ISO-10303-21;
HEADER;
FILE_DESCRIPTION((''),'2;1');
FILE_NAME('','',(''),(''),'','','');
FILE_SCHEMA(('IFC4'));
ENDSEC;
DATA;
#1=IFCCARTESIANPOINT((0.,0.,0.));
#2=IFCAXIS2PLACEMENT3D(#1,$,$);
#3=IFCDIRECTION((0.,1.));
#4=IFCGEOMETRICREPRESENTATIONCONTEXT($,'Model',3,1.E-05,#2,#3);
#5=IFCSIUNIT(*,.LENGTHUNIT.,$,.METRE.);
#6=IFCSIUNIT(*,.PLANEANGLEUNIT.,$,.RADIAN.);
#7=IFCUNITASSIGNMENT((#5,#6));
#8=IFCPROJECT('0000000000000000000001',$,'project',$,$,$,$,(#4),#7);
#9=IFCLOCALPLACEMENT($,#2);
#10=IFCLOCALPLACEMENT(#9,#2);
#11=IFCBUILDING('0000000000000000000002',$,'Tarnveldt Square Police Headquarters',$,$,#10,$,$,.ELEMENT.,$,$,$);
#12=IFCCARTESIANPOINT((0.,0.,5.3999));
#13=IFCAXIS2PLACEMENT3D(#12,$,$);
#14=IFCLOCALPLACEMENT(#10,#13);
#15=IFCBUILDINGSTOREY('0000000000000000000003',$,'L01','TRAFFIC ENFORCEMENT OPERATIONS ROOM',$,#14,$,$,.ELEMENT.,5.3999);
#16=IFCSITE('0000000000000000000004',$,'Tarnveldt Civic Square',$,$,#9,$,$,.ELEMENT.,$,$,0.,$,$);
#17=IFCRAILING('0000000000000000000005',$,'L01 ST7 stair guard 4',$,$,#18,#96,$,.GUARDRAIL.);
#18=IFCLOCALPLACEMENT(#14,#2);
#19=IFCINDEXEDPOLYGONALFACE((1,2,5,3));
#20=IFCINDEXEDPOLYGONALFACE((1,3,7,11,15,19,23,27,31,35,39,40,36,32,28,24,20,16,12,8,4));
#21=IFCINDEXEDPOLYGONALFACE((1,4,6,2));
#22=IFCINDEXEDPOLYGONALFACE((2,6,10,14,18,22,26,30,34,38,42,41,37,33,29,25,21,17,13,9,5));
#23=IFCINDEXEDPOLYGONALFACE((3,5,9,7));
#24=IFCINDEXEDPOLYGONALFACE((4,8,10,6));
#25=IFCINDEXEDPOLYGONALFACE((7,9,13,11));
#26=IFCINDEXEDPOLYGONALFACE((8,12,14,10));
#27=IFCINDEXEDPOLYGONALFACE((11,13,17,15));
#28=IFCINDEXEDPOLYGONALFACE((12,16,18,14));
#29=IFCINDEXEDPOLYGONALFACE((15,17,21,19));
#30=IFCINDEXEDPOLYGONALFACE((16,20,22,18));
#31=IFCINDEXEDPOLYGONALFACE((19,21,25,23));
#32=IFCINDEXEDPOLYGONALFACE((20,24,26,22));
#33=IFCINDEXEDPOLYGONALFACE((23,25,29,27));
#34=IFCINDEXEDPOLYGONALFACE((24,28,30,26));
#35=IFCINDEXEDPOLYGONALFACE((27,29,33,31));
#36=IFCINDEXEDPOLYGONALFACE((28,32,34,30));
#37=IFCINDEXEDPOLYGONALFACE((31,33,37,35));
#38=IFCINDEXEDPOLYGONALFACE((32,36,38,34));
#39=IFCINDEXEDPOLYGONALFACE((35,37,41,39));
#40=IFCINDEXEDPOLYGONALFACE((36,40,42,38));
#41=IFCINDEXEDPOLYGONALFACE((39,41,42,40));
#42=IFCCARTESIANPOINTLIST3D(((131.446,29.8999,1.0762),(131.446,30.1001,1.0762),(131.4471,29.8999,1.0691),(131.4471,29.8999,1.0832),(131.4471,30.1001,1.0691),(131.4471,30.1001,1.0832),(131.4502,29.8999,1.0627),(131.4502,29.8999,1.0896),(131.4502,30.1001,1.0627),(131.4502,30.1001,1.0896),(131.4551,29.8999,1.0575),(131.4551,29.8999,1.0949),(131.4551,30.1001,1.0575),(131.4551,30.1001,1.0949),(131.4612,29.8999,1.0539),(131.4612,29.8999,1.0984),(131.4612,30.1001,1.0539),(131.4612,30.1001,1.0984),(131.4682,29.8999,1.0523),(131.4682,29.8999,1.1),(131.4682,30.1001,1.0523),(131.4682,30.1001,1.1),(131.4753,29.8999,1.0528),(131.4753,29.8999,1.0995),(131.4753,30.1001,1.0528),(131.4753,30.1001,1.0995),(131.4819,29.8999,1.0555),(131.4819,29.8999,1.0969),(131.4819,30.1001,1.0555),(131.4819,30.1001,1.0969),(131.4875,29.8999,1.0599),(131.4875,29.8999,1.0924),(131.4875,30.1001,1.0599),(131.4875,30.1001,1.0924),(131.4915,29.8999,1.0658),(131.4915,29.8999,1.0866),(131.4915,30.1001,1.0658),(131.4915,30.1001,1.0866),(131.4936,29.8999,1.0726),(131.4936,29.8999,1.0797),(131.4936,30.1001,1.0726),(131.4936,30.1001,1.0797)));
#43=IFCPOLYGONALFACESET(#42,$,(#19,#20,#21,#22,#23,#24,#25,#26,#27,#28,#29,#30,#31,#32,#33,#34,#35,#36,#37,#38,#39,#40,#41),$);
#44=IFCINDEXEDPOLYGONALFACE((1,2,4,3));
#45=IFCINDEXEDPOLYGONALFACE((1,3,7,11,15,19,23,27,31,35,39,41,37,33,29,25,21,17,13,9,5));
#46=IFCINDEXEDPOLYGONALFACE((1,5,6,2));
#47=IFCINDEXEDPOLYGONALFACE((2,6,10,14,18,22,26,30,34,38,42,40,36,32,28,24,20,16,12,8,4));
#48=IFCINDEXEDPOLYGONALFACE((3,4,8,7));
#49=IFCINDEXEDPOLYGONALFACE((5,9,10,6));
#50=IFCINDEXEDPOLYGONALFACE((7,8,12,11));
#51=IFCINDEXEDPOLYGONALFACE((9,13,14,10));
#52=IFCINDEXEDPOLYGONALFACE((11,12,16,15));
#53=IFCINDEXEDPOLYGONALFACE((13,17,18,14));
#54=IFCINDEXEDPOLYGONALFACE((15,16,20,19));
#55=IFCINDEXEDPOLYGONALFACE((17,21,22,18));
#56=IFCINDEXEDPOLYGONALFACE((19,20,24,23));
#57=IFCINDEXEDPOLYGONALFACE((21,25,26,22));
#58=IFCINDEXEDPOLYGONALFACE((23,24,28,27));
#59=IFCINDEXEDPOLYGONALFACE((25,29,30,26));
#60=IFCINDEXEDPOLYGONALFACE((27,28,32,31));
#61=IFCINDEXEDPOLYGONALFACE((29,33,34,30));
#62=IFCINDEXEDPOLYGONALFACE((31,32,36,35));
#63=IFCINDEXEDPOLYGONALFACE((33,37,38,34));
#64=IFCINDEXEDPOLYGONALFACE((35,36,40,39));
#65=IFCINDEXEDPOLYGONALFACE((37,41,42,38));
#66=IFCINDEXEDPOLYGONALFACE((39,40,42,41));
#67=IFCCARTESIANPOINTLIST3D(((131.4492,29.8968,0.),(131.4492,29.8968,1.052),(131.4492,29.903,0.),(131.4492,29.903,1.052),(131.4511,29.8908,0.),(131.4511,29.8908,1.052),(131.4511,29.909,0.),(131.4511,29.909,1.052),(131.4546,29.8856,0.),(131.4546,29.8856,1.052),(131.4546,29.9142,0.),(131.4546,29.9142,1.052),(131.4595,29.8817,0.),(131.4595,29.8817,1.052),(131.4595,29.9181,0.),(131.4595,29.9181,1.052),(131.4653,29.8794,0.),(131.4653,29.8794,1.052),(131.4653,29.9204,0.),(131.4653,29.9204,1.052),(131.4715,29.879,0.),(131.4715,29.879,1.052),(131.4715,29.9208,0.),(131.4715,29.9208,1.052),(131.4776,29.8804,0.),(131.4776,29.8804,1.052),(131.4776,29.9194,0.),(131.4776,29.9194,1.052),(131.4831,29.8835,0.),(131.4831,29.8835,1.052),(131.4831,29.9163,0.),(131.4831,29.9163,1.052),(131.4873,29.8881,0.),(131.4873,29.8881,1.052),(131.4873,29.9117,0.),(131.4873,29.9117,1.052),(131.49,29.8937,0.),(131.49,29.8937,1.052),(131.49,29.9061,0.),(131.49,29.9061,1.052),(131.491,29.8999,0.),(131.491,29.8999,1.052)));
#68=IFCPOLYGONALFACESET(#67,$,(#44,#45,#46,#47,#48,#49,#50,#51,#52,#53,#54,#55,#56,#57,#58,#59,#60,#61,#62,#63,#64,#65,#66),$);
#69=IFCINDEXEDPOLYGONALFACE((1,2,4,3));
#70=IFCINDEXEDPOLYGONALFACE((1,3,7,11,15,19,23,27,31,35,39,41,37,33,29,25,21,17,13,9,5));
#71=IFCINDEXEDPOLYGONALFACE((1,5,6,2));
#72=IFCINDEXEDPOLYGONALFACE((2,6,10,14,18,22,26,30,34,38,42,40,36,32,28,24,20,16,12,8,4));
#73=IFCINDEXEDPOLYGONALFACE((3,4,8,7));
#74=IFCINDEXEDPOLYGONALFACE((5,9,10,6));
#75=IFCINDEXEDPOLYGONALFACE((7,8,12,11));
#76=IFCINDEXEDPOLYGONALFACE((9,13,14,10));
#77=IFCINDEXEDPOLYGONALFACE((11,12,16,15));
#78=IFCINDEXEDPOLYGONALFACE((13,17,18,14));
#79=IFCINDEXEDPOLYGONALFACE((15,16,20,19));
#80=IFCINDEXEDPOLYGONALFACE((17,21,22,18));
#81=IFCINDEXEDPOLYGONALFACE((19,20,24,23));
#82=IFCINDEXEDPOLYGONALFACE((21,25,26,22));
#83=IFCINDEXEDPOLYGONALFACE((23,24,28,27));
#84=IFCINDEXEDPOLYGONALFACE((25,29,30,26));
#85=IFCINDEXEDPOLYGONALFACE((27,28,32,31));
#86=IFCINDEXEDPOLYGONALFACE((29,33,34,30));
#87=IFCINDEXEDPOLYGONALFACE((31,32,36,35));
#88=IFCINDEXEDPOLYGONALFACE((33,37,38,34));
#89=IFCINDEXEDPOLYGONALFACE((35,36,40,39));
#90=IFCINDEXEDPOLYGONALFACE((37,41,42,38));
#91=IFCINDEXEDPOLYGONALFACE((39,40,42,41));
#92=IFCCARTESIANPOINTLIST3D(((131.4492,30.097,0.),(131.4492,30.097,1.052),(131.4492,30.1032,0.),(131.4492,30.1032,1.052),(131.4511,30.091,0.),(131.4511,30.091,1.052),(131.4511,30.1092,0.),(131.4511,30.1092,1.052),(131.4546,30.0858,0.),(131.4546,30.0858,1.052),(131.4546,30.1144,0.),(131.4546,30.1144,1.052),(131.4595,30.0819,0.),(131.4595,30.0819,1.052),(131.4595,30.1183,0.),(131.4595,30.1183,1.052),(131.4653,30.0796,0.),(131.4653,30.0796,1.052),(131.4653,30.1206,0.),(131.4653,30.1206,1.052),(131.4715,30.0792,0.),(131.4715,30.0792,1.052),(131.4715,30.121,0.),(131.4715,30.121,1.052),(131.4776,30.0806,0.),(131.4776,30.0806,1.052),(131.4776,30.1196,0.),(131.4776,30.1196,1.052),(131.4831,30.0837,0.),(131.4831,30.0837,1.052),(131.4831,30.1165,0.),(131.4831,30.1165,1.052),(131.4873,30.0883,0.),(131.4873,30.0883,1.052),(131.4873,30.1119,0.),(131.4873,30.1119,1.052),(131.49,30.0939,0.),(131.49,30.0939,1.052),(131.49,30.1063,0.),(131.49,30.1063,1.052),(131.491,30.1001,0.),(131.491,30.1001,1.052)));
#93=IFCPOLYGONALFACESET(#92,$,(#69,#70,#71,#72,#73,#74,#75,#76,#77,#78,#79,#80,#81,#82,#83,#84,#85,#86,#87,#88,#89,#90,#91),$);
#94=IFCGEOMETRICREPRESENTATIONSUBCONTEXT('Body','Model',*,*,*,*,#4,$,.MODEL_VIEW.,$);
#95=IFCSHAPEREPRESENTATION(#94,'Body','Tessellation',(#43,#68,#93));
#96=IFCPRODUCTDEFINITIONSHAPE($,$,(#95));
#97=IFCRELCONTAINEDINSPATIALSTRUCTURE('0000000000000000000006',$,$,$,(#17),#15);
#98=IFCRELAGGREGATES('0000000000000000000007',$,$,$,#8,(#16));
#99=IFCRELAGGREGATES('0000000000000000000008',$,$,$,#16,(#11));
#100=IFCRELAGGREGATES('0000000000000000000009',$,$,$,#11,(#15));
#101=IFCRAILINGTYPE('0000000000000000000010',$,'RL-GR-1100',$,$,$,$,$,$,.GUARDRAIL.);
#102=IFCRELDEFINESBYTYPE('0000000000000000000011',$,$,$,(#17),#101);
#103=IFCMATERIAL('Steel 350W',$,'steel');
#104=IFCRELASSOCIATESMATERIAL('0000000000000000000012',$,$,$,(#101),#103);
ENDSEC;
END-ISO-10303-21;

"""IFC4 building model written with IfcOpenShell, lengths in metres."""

from ifc_helpers import new_model, si_unit, direction, frame, origin, origin_2d, place, context, subcontext, project, spatial, circle, extrude, material, type_object, element, save


model = new_model("IFC4")

# Units and contexts
model_context = context("Model", 3, precision=1e-05, world=origin(), true_north=direction((0.0, 1.0)))
body_context = subcontext(model_context, "Body", "Model", "MODEL_VIEW")
ifc_project = project(units=[si_unit("LENGTHUNIT", "METRE"), si_unit("PLANEANGLEUNIT", "RADIAN")], contexts=[model_context])

# Site, building, storey
site_placement = place(None, origin())
site = spatial("IfcSite", under=ifc_project, at=site_placement, Name="Tarnveldt Civic Square", CompositionType="ELEMENT", RefElevation=0.0)
building_placement = place(site_placement, origin())
building = spatial("IfcBuilding", under=site, at=building_placement, Name="Tarnveldt Square Police Headquarters", CompositionType="ELEMENT")
storey_placement = place(building_placement, frame((0.0, 0.0, 5.3999)))
storey = spatial("IfcBuildingStorey", under=building, at=storey_placement, Name="L01", Description="TRAFFIC ENFORCEMENT OPERATIONS ROOM", CompositionType="ELEMENT", Elevation=5.3999)

# Shared definitions
ifc_material_1 = material(Name="Steel 350W", Category="steel")

# Railing
railing_type_1 = type_object("IfcRailingType", Name="RL-GR-1100", PredefinedType="GUARDRAIL", material=ifc_material_1)
railing_1_placement = place(storey_placement, frame((131.47, 29.8999, 0.0)))
element("IfcRailing", 1, at=railing_1_placement, inside=storey, type_object=railing_type_1, Name="L01 ST7 stair guard 4", PredefinedType="GUARDRAIL", context=body_context, shape_type="SweptSolid", body=[
    extrude(circle(Radius=0.0239, at=origin_2d()), frame((0.0, 0.0, 1.0762), z_axis=(0.0, 1.0, 0.0), x_axis=(-1.0, 0.0, 0.0)), (0.0, 0.0, 1.0), 0.2002),
    extrude(circle(Radius=0.021, at=origin_2d()), origin(), (0.0, 0.0, 1.0), 1.052),
    extrude(circle(Radius=0.021, at=origin_2d()), frame((0.0, 0.2002, 0.0)), (0.0, 0.0, 1.0), 1.052),
])

save(model, "model.ifc")
